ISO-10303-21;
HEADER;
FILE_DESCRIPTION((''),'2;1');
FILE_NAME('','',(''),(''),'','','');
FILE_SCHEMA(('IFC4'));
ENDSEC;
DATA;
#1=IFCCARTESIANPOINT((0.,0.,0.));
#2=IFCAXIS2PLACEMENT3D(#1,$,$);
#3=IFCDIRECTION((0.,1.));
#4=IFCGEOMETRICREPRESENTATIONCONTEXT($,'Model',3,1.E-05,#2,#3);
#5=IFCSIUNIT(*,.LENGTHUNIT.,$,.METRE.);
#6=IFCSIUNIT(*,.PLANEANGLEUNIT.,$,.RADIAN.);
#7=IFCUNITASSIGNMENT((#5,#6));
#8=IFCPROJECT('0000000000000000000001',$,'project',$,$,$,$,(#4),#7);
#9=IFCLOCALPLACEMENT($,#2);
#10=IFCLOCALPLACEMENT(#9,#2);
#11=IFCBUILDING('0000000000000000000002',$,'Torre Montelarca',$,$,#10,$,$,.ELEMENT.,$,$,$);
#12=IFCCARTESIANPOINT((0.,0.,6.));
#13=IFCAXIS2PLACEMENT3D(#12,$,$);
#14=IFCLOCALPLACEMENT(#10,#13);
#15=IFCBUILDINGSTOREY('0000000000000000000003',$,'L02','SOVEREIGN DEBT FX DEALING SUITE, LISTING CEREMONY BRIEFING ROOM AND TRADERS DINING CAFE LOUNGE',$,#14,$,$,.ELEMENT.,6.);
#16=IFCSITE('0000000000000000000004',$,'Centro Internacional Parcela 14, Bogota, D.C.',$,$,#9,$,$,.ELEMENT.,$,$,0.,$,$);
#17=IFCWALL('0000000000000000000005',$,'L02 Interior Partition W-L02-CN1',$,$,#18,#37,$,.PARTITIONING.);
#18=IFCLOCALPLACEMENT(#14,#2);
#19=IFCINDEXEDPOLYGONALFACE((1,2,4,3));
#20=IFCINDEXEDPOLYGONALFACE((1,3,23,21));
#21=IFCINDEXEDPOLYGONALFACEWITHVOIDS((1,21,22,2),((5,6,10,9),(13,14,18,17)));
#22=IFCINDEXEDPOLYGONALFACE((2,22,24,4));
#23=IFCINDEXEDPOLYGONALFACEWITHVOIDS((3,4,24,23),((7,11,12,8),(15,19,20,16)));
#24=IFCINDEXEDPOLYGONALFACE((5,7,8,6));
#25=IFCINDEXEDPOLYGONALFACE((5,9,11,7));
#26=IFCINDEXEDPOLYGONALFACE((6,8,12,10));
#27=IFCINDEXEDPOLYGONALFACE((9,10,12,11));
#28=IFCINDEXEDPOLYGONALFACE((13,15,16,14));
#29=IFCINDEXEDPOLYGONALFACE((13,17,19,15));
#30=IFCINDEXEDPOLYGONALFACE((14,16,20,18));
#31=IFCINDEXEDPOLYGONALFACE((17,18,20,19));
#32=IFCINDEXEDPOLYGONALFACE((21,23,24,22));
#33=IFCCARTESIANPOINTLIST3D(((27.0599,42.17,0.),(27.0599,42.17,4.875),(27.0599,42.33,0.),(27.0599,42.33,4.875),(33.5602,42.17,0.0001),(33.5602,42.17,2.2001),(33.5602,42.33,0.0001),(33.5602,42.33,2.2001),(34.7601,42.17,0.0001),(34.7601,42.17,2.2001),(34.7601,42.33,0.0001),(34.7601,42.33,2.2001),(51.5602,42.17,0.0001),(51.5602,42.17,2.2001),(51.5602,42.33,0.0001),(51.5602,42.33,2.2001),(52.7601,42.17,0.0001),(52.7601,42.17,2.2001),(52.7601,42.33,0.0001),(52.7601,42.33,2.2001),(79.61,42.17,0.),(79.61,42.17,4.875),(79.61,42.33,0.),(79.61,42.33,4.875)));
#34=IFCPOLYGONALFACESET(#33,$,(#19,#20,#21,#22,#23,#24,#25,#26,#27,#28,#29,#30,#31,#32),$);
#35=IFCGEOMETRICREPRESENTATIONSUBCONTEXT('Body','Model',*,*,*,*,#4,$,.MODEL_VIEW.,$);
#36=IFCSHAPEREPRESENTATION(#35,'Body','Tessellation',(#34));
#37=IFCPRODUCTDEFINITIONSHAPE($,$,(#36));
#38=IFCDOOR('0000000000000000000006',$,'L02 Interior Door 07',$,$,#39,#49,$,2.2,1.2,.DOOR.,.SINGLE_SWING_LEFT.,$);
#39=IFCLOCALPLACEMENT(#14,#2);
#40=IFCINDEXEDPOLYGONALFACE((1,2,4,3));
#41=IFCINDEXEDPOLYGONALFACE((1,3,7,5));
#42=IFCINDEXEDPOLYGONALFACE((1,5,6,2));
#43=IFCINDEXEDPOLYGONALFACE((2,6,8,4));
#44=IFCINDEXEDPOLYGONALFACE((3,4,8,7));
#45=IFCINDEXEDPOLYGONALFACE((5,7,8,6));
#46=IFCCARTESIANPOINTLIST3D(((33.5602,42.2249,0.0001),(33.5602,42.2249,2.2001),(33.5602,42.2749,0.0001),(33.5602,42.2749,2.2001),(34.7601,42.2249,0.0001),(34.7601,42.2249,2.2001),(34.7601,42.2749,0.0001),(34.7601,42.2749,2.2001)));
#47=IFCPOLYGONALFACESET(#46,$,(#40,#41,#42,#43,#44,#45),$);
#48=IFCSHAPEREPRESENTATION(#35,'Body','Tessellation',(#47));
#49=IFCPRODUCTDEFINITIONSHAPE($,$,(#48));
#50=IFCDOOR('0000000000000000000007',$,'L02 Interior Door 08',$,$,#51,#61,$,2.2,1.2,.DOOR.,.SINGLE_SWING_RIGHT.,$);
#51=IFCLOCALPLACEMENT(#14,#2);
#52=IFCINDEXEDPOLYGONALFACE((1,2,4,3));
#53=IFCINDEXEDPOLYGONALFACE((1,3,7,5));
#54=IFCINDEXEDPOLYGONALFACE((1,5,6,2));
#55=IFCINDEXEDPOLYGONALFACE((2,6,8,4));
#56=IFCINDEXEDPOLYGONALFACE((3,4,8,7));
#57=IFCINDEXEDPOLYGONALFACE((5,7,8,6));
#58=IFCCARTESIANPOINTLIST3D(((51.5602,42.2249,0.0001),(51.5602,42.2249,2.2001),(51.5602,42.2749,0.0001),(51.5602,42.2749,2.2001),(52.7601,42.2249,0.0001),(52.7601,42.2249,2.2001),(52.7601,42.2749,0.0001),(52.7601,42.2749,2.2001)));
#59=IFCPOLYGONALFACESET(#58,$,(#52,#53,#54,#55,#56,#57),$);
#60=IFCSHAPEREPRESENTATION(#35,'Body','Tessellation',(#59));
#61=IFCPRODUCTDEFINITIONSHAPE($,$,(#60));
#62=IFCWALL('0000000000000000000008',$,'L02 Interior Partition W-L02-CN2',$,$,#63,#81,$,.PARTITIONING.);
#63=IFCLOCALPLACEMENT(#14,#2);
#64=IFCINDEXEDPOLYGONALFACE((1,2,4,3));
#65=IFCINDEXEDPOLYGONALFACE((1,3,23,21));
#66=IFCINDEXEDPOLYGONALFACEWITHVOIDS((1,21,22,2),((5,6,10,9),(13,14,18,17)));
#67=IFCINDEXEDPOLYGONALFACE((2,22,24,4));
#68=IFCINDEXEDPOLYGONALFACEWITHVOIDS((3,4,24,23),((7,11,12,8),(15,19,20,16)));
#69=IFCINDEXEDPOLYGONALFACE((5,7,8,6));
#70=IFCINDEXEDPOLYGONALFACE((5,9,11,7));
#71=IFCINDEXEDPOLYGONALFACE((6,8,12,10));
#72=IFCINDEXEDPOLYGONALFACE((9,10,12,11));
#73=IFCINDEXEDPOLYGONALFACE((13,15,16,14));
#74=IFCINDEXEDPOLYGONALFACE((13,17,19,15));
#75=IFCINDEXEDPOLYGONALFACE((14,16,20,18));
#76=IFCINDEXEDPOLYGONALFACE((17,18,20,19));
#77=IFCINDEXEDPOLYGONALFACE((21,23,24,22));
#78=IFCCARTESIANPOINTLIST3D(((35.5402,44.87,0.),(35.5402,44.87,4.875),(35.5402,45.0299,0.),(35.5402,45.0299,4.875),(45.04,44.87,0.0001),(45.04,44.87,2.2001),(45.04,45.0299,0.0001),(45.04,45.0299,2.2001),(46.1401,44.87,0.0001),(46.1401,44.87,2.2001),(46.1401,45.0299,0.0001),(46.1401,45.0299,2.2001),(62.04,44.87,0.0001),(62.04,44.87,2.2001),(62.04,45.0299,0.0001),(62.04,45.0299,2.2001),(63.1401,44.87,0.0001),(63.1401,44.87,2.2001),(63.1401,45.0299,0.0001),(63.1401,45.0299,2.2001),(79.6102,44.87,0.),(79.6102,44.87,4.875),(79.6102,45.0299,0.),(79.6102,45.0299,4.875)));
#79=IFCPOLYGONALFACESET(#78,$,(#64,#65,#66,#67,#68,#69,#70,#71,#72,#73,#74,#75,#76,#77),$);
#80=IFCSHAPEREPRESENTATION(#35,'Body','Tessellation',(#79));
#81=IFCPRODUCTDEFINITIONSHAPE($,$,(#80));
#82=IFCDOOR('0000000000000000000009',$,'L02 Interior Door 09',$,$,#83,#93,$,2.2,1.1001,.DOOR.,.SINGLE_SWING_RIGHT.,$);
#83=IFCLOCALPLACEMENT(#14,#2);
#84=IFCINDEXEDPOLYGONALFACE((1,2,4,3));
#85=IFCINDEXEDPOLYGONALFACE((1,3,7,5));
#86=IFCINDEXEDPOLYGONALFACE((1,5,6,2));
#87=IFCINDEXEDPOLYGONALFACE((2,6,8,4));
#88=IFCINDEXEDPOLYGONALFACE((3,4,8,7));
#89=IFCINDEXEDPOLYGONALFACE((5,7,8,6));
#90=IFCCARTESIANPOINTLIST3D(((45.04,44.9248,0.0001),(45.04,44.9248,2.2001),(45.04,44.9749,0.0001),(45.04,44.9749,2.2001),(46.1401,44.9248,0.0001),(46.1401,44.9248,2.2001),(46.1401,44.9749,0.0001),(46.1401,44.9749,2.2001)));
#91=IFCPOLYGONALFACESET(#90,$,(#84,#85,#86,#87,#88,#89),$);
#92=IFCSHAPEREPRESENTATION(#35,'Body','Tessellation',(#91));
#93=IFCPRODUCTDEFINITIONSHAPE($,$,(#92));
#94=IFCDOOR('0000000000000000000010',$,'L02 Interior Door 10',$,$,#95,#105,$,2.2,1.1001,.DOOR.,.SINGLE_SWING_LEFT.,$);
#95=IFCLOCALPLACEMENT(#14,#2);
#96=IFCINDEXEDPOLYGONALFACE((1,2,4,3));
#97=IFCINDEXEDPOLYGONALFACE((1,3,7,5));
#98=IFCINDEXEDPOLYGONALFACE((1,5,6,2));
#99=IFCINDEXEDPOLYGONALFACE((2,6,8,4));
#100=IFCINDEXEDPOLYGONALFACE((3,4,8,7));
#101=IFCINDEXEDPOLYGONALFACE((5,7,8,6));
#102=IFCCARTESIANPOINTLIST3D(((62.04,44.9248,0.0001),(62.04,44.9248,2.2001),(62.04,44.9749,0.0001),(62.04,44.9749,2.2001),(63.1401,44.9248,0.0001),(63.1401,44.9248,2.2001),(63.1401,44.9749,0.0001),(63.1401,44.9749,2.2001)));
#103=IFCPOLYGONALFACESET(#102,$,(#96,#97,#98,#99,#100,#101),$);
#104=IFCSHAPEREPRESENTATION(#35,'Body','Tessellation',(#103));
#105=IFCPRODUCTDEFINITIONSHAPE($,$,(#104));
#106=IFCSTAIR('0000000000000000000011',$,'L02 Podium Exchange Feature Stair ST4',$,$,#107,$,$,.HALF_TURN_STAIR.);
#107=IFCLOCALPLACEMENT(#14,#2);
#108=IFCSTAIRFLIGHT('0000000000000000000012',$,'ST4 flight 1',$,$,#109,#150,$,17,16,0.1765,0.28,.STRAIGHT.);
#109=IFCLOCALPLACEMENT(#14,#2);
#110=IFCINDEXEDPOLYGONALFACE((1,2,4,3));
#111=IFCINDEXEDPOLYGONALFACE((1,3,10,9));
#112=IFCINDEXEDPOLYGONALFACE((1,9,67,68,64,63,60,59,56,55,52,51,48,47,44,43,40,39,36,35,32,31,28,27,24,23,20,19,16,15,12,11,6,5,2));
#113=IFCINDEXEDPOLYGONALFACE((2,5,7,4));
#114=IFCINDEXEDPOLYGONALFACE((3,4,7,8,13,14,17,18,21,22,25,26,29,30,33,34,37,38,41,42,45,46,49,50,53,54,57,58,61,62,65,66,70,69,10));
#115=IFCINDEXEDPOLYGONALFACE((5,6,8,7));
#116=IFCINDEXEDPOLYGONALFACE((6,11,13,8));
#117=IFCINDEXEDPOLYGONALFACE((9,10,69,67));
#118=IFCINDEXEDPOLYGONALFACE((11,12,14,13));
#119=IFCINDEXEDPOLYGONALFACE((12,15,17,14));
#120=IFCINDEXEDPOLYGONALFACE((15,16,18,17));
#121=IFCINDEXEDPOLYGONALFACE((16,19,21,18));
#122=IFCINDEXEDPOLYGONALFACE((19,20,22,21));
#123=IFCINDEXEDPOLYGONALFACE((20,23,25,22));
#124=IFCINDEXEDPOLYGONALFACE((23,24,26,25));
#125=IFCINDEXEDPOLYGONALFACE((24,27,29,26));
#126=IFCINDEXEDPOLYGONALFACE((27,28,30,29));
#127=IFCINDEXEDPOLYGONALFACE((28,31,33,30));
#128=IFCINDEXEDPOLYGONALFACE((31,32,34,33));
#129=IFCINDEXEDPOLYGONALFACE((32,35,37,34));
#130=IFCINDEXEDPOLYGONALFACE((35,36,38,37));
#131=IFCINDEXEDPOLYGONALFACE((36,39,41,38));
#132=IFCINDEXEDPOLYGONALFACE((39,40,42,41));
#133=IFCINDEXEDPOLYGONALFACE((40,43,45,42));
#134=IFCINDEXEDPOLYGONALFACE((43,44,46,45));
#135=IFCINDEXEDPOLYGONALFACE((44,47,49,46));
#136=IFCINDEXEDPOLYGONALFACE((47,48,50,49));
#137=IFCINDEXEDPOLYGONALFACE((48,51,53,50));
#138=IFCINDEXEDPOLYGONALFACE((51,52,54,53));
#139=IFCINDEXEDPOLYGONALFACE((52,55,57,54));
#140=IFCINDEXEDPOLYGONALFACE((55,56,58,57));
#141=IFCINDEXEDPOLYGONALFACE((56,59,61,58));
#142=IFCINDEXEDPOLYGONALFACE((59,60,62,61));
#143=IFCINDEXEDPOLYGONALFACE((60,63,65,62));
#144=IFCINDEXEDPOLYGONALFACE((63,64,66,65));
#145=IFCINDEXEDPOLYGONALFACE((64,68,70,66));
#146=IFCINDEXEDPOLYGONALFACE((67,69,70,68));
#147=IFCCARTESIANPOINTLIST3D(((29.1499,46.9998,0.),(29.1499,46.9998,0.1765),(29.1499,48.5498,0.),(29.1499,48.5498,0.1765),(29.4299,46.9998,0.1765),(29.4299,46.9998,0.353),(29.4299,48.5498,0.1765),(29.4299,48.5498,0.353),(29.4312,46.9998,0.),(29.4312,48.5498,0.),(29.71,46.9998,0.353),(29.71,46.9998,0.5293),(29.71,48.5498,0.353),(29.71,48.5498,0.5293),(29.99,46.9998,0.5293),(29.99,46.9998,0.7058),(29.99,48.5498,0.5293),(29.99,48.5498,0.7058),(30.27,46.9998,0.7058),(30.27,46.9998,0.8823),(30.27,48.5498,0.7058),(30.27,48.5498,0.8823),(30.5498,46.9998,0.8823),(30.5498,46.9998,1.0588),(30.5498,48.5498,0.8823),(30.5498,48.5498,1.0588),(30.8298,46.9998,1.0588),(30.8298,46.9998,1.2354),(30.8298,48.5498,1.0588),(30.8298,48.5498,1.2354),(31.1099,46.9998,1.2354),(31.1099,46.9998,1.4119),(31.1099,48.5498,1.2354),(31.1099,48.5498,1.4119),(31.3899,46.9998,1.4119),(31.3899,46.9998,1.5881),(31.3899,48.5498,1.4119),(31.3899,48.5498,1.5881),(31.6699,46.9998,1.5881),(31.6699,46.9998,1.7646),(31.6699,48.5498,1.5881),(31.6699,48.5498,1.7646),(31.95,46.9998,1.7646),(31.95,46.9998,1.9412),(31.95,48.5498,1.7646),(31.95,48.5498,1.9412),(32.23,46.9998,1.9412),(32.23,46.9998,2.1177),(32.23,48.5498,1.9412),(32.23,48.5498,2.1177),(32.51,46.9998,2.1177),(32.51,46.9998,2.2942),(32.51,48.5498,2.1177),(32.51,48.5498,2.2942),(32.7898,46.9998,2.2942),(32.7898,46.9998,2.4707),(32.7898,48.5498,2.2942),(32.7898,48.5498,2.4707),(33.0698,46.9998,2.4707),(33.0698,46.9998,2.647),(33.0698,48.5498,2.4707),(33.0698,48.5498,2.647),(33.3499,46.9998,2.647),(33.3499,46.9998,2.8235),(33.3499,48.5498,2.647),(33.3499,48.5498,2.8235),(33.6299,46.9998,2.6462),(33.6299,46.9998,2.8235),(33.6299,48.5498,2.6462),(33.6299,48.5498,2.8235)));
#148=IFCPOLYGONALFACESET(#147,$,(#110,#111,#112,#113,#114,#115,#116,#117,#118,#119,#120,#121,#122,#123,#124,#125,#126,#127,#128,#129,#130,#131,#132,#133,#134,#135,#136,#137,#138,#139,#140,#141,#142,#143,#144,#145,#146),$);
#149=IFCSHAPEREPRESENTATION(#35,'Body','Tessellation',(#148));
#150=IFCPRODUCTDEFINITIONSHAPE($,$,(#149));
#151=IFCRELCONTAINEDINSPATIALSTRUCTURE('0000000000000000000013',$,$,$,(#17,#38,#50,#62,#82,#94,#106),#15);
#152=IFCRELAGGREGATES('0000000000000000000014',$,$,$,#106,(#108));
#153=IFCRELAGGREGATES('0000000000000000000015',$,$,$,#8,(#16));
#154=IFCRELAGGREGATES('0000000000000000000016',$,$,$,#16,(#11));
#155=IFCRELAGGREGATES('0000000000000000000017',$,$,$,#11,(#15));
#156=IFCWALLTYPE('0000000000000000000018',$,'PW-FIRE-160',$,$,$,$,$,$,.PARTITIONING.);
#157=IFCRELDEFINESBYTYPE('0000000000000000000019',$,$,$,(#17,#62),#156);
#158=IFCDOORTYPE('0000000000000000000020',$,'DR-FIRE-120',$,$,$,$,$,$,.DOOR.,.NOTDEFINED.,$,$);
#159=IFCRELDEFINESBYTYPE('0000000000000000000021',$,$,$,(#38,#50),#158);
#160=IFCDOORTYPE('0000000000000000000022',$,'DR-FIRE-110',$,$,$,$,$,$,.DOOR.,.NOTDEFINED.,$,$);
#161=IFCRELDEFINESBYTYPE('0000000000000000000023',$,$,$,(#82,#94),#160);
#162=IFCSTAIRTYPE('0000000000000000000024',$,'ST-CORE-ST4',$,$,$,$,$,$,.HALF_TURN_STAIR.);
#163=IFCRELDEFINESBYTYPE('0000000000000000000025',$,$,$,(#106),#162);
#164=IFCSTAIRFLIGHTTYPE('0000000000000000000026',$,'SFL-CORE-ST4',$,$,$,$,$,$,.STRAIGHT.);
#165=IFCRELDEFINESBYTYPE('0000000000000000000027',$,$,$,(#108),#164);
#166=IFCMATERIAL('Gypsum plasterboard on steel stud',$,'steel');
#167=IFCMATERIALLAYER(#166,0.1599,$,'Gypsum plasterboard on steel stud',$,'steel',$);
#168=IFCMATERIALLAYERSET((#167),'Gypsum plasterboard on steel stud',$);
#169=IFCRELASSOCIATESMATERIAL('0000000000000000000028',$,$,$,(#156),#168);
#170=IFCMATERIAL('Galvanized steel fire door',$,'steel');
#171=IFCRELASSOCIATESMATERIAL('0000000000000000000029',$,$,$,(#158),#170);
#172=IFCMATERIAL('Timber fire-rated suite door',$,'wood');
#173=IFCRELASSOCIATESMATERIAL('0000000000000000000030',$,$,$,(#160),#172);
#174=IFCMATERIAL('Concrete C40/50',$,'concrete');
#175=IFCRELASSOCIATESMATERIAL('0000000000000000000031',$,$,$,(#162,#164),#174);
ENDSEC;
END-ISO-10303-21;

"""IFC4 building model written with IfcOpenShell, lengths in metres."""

from ifc_helpers import new_model, si_unit, direction, frame, frame_2d, origin, place, context, subcontext, project, spatial, polyline, rectangle, outline, extrude, source, transform, mapped, material, layer, layer_set, type_object, element, fill, aggregate, save


model = new_model("IFC4")

# Units and contexts
model_context = context("Model", 3, precision=1e-05, world=origin(), true_north=direction((0.0, 1.0)))
body_context = subcontext(model_context, "Body", "Model", "MODEL_VIEW")
ifc_project = project(units=[si_unit("LENGTHUNIT", "METRE"), si_unit("PLANEANGLEUNIT", "RADIAN")], contexts=[model_context])

# Site, building, storey
site_placement = place(None, origin())
site = spatial("IfcSite", under=ifc_project, at=site_placement, Name="Centro Internacional Parcela 14, Bogota, D.C.", CompositionType="ELEMENT", RefElevation=0.0)
building_placement = place(site_placement, origin())
building = spatial("IfcBuilding", under=site, at=building_placement, Name="Torre Montelarca", CompositionType="ELEMENT")
storey_placement = place(building_placement, frame((0.0, 0.0, 6.0)))
storey = spatial("IfcBuildingStorey", under=building, at=storey_placement, Name="L02", Description="SOVEREIGN DEBT FX DEALING SUITE, LISTING CEREMONY BRIEFING ROOM AND TRADERS DINING CAFE LOUNGE", CompositionType="ELEMENT", Elevation=6.0)

# Shared definitions
ifc_material_1 = material(Name="Concrete C40/50", Category="concrete")

# Walls, openings, doors
ifc_material_2 = material(Name="Gypsum plasterboard on steel stud", Category="steel")
ifc_layer_1 = layer(ifc_material_2, 0.1599, Name="Gypsum plasterboard on steel stud", Category="steel")
ifc_layer_set_1 = layer_set([ifc_layer_1], Name="Gypsum plasterboard on steel stud")
wall_type_1 = type_object("IfcWallType", Name="PW-FIRE-160", PredefinedType="PARTITIONING", material=ifc_layer_set_1)
wall_1_placement = place(storey_placement, frame((27.0601, 42.25, 0.0), z_axis=(0.0, 0.0, 1.0), x_axis=(1.0, 0.0, 0.0)))
wall_1 = element("IfcWall", 1, at=wall_1_placement, inside=storey, type_object=wall_type_1, Name="L02 Interior Partition W-L02-CN1", PredefinedType="PARTITIONING", context=body_context, shape_type="SweptSolid", body=[
    extrude(rectangle(XDim=52.55, YDim=0.1599, at=frame_2d((26.2749, 0.0))), origin(), (0.0, 0.0, 1.0), 4.875),
])
opening_1_placement = place(wall_1_placement, frame((6.5, 0.0, 0.0)))
opening_1 = element("IfcOpeningElement", 2, at=opening_1_placement, cuts=wall_1, PredefinedType="OPENING", context=body_context, shape_type="SweptSolid", body=[
    extrude(rectangle(XDim=1.2, YDim=2.2, at=frame_2d((0.6001, 1.1001))), frame((0.0, 0.0898, 0.0), z_axis=(0.0, -1.0, 0.0), x_axis=(1.0, 0.0, 0.0)), (0.0, 0.0, 1.0), 0.1799),
])
opening_2_placement = place(wall_1_placement, frame((24.5, 0.0, 0.0)))
opening_2 = element("IfcOpeningElement", 3, at=opening_2_placement, cuts=wall_1, PredefinedType="OPENING", context=body_context, shape_type="SweptSolid", body=[
    extrude(rectangle(XDim=1.2, YDim=2.2, at=frame_2d((0.6001, 1.1001))), frame((0.0, 0.0898, 0.0), z_axis=(0.0, -1.0, 0.0), x_axis=(1.0, 0.0, 0.0)), (0.0, 0.0, 1.0), 0.1799),
])
ifc_material_3 = material(Name="Galvanized steel fire door", Category="steel")
door_type_1 = type_object("IfcDoorType", Name="DR-FIRE-120", OperationType="NOTDEFINED", PredefinedType="DOOR", material=ifc_material_3)
shared_shape_1 = source(origin(), body_context, "Body", "SweptSolid", [
    extrude(rectangle(XDim=1.2, YDim=2.2, at=frame_2d((0.6001, 1.1001))), frame((0.0, 0.0249, 0.0), z_axis=(0.0, -1.0, 0.0), x_axis=(1.0, 0.0, 0.0)), (0.0, 0.0, 1.0), 0.05),
])
door_1_placement = place(opening_1_placement, origin())
door_1 = element("IfcDoor", 4, at=door_1_placement, inside=storey, type_object=door_type_1, Name="L02 Interior Door 07", OperationType="SINGLE_SWING_LEFT", OverallHeight=2.2, OverallWidth=1.2, PredefinedType="DOOR", context=body_context, shape_type="MappedRepresentation", body=[
    mapped(shared_shape_1, transform((0.0, 0.0, 0.0), scale=1.0)),
])
fill(opening_1, door_1)
door_2_placement = place(opening_2_placement, origin())
door_2 = element("IfcDoor", 5, at=door_2_placement, inside=storey, type_object=door_type_1, Name="L02 Interior Door 08", OperationType="SINGLE_SWING_RIGHT", OverallHeight=2.2, OverallWidth=1.2, PredefinedType="DOOR", context=body_context, shape_type="MappedRepresentation", body=[
    mapped(shared_shape_1, transform((0.0, 0.0, 0.0), scale=1.0)),
])
fill(opening_2, door_2)
wall_2_placement = place(storey_placement, frame((35.54, 44.95, 0.0), z_axis=(0.0, 0.0, 1.0), x_axis=(1.0, 0.0, 0.0)))
wall_2 = element("IfcWall", 6, at=wall_2_placement, inside=storey, type_object=wall_type_1, Name="L02 Interior Partition W-L02-CN2", PredefinedType="PARTITIONING", context=body_context, shape_type="SweptSolid", body=[
    extrude(rectangle(XDim=44.0701, YDim=0.1599, at=frame_2d((22.0352, 0.0))), origin(), (0.0, 0.0, 1.0), 4.875),
])
opening_3_placement = place(wall_2_placement, frame((9.5, 0.0, 0.0)))
opening_3 = element("IfcOpeningElement", 7, at=opening_3_placement, cuts=wall_2, PredefinedType="OPENING", context=body_context, shape_type="SweptSolid", body=[
    extrude(rectangle(XDim=1.1001, YDim=2.2, at=frame_2d((0.55, 1.1001))), frame((0.0, 0.0898, 0.0), z_axis=(0.0, -1.0, 0.0), x_axis=(1.0, 0.0, 0.0)), (0.0, 0.0, 1.0), 0.1799),
])
opening_4_placement = place(wall_2_placement, frame((26.5, 0.0, 0.0)))
opening_4 = element("IfcOpeningElement", 8, at=opening_4_placement, cuts=wall_2, PredefinedType="OPENING", context=body_context, shape_type="SweptSolid", body=[
    extrude(rectangle(XDim=1.1001, YDim=2.2, at=frame_2d((0.55, 1.1001))), frame((0.0, 0.0898, 0.0), z_axis=(0.0, -1.0, 0.0), x_axis=(1.0, 0.0, 0.0)), (0.0, 0.0, 1.0), 0.1799),
])
ifc_material_4 = material(Name="Timber fire-rated suite door", Category="wood")
door_type_2 = type_object("IfcDoorType", Name="DR-FIRE-110", OperationType="NOTDEFINED", PredefinedType="DOOR", material=ifc_material_4)
shared_shape_2 = source(origin(), body_context, "Body", "SweptSolid", [
    extrude(rectangle(XDim=1.1001, YDim=2.2, at=frame_2d((0.55, 1.1001))), frame((0.0, 0.0249, 0.0), z_axis=(0.0, -1.0, 0.0), x_axis=(1.0, 0.0, 0.0)), (0.0, 0.0, 1.0), 0.05),
])
door_3_placement = place(opening_3_placement, origin())
door_3 = element("IfcDoor", 9, at=door_3_placement, inside=storey, type_object=door_type_2, Name="L02 Interior Door 09", OperationType="SINGLE_SWING_RIGHT", OverallHeight=2.2, OverallWidth=1.1001, PredefinedType="DOOR", context=body_context, shape_type="MappedRepresentation", body=[
    mapped(shared_shape_2, transform((0.0, 0.0, 0.0), scale=1.0)),
])
fill(opening_3, door_3)
door_4_placement = place(opening_4_placement, origin())
door_4 = element("IfcDoor", 10, at=door_4_placement, inside=storey, type_object=door_type_2, Name="L02 Interior Door 10", OperationType="SINGLE_SWING_LEFT", OverallHeight=2.2, OverallWidth=1.1001, PredefinedType="DOOR", context=body_context, shape_type="MappedRepresentation", body=[
    mapped(shared_shape_2, transform((0.0, 0.0, 0.0), scale=1.0)),
])
fill(opening_4, door_4)

# Stair, stair flight
stair_type = type_object("IfcStairType", Name="ST-CORE-ST4", PredefinedType="HALF_TURN_STAIR", material=ifc_material_1)
stair_placement = place(storey_placement, origin())
stair = element("IfcStair", 11, at=stair_placement, inside=storey, type_object=stair_type, Name="L02 Podium Exchange Feature Stair ST4", PredefinedType="HALF_TURN_STAIR")
stair_flight_type = type_object("IfcStairFlightType", Name="SFL-CORE-ST4", PredefinedType="STRAIGHT", material=ifc_material_1)
stair_flight_1_placement = place(storey_placement, frame((29.1499, 47.7749, 0.0), z_axis=(0.0, 0.0, 1.0), x_axis=(1.0, 0.0, 0.0)))
stair_flight_1 = element("IfcStairFlight", 12, at=stair_flight_1_placement, type_object=stair_flight_type, Name="ST4 flight 1", NumberOfRisers=17, NumberOfTreads=16, PredefinedType="STRAIGHT", RiserHeight=0.1765, TreadLength=0.28, context=body_context, shape_type="SweptSolid", body=[
    extrude(outline(polyline([(0.0, 0.0), (0.0, 0.1765), (0.28, 0.1765), (0.28, 0.353), (0.5601, 0.353), (0.5601, 0.5293), (0.8401, 0.5293), (0.8401, 0.7058), (1.1201, 0.7058), (1.1201, 0.8823), (1.3999, 0.8823), (1.3999, 1.0588), (1.6799, 1.0588), (1.6799, 1.2354), (1.96, 1.2354), (1.96, 1.4119), (2.24, 1.4119), (2.24, 1.5881), (2.52, 1.5881), (2.52, 1.7646), (2.8, 1.7646), (2.8, 1.9412), (3.0801, 1.9412), (3.0801, 2.1177), (3.3601, 2.1177), (3.3601, 2.2942), (3.6399, 2.2942), (3.6399, 2.4707), (3.9199, 2.4707), (3.9199, 2.647), (4.2, 2.647), (4.2, 2.8235), (4.48, 2.8235), (4.48, 3.0), (4.48, 2.6462), (0.2812, 0.0), (0.0, 0.0)])), frame((0.0, 0.7749, 0.0), z_axis=(0.0, -1.0, 0.0), x_axis=(1.0, 0.0, 0.0)), (0.0, 0.0, 1.0), 1.55),
])
aggregate(stair, [stair_flight_1])

save(model, "model.ifc")
